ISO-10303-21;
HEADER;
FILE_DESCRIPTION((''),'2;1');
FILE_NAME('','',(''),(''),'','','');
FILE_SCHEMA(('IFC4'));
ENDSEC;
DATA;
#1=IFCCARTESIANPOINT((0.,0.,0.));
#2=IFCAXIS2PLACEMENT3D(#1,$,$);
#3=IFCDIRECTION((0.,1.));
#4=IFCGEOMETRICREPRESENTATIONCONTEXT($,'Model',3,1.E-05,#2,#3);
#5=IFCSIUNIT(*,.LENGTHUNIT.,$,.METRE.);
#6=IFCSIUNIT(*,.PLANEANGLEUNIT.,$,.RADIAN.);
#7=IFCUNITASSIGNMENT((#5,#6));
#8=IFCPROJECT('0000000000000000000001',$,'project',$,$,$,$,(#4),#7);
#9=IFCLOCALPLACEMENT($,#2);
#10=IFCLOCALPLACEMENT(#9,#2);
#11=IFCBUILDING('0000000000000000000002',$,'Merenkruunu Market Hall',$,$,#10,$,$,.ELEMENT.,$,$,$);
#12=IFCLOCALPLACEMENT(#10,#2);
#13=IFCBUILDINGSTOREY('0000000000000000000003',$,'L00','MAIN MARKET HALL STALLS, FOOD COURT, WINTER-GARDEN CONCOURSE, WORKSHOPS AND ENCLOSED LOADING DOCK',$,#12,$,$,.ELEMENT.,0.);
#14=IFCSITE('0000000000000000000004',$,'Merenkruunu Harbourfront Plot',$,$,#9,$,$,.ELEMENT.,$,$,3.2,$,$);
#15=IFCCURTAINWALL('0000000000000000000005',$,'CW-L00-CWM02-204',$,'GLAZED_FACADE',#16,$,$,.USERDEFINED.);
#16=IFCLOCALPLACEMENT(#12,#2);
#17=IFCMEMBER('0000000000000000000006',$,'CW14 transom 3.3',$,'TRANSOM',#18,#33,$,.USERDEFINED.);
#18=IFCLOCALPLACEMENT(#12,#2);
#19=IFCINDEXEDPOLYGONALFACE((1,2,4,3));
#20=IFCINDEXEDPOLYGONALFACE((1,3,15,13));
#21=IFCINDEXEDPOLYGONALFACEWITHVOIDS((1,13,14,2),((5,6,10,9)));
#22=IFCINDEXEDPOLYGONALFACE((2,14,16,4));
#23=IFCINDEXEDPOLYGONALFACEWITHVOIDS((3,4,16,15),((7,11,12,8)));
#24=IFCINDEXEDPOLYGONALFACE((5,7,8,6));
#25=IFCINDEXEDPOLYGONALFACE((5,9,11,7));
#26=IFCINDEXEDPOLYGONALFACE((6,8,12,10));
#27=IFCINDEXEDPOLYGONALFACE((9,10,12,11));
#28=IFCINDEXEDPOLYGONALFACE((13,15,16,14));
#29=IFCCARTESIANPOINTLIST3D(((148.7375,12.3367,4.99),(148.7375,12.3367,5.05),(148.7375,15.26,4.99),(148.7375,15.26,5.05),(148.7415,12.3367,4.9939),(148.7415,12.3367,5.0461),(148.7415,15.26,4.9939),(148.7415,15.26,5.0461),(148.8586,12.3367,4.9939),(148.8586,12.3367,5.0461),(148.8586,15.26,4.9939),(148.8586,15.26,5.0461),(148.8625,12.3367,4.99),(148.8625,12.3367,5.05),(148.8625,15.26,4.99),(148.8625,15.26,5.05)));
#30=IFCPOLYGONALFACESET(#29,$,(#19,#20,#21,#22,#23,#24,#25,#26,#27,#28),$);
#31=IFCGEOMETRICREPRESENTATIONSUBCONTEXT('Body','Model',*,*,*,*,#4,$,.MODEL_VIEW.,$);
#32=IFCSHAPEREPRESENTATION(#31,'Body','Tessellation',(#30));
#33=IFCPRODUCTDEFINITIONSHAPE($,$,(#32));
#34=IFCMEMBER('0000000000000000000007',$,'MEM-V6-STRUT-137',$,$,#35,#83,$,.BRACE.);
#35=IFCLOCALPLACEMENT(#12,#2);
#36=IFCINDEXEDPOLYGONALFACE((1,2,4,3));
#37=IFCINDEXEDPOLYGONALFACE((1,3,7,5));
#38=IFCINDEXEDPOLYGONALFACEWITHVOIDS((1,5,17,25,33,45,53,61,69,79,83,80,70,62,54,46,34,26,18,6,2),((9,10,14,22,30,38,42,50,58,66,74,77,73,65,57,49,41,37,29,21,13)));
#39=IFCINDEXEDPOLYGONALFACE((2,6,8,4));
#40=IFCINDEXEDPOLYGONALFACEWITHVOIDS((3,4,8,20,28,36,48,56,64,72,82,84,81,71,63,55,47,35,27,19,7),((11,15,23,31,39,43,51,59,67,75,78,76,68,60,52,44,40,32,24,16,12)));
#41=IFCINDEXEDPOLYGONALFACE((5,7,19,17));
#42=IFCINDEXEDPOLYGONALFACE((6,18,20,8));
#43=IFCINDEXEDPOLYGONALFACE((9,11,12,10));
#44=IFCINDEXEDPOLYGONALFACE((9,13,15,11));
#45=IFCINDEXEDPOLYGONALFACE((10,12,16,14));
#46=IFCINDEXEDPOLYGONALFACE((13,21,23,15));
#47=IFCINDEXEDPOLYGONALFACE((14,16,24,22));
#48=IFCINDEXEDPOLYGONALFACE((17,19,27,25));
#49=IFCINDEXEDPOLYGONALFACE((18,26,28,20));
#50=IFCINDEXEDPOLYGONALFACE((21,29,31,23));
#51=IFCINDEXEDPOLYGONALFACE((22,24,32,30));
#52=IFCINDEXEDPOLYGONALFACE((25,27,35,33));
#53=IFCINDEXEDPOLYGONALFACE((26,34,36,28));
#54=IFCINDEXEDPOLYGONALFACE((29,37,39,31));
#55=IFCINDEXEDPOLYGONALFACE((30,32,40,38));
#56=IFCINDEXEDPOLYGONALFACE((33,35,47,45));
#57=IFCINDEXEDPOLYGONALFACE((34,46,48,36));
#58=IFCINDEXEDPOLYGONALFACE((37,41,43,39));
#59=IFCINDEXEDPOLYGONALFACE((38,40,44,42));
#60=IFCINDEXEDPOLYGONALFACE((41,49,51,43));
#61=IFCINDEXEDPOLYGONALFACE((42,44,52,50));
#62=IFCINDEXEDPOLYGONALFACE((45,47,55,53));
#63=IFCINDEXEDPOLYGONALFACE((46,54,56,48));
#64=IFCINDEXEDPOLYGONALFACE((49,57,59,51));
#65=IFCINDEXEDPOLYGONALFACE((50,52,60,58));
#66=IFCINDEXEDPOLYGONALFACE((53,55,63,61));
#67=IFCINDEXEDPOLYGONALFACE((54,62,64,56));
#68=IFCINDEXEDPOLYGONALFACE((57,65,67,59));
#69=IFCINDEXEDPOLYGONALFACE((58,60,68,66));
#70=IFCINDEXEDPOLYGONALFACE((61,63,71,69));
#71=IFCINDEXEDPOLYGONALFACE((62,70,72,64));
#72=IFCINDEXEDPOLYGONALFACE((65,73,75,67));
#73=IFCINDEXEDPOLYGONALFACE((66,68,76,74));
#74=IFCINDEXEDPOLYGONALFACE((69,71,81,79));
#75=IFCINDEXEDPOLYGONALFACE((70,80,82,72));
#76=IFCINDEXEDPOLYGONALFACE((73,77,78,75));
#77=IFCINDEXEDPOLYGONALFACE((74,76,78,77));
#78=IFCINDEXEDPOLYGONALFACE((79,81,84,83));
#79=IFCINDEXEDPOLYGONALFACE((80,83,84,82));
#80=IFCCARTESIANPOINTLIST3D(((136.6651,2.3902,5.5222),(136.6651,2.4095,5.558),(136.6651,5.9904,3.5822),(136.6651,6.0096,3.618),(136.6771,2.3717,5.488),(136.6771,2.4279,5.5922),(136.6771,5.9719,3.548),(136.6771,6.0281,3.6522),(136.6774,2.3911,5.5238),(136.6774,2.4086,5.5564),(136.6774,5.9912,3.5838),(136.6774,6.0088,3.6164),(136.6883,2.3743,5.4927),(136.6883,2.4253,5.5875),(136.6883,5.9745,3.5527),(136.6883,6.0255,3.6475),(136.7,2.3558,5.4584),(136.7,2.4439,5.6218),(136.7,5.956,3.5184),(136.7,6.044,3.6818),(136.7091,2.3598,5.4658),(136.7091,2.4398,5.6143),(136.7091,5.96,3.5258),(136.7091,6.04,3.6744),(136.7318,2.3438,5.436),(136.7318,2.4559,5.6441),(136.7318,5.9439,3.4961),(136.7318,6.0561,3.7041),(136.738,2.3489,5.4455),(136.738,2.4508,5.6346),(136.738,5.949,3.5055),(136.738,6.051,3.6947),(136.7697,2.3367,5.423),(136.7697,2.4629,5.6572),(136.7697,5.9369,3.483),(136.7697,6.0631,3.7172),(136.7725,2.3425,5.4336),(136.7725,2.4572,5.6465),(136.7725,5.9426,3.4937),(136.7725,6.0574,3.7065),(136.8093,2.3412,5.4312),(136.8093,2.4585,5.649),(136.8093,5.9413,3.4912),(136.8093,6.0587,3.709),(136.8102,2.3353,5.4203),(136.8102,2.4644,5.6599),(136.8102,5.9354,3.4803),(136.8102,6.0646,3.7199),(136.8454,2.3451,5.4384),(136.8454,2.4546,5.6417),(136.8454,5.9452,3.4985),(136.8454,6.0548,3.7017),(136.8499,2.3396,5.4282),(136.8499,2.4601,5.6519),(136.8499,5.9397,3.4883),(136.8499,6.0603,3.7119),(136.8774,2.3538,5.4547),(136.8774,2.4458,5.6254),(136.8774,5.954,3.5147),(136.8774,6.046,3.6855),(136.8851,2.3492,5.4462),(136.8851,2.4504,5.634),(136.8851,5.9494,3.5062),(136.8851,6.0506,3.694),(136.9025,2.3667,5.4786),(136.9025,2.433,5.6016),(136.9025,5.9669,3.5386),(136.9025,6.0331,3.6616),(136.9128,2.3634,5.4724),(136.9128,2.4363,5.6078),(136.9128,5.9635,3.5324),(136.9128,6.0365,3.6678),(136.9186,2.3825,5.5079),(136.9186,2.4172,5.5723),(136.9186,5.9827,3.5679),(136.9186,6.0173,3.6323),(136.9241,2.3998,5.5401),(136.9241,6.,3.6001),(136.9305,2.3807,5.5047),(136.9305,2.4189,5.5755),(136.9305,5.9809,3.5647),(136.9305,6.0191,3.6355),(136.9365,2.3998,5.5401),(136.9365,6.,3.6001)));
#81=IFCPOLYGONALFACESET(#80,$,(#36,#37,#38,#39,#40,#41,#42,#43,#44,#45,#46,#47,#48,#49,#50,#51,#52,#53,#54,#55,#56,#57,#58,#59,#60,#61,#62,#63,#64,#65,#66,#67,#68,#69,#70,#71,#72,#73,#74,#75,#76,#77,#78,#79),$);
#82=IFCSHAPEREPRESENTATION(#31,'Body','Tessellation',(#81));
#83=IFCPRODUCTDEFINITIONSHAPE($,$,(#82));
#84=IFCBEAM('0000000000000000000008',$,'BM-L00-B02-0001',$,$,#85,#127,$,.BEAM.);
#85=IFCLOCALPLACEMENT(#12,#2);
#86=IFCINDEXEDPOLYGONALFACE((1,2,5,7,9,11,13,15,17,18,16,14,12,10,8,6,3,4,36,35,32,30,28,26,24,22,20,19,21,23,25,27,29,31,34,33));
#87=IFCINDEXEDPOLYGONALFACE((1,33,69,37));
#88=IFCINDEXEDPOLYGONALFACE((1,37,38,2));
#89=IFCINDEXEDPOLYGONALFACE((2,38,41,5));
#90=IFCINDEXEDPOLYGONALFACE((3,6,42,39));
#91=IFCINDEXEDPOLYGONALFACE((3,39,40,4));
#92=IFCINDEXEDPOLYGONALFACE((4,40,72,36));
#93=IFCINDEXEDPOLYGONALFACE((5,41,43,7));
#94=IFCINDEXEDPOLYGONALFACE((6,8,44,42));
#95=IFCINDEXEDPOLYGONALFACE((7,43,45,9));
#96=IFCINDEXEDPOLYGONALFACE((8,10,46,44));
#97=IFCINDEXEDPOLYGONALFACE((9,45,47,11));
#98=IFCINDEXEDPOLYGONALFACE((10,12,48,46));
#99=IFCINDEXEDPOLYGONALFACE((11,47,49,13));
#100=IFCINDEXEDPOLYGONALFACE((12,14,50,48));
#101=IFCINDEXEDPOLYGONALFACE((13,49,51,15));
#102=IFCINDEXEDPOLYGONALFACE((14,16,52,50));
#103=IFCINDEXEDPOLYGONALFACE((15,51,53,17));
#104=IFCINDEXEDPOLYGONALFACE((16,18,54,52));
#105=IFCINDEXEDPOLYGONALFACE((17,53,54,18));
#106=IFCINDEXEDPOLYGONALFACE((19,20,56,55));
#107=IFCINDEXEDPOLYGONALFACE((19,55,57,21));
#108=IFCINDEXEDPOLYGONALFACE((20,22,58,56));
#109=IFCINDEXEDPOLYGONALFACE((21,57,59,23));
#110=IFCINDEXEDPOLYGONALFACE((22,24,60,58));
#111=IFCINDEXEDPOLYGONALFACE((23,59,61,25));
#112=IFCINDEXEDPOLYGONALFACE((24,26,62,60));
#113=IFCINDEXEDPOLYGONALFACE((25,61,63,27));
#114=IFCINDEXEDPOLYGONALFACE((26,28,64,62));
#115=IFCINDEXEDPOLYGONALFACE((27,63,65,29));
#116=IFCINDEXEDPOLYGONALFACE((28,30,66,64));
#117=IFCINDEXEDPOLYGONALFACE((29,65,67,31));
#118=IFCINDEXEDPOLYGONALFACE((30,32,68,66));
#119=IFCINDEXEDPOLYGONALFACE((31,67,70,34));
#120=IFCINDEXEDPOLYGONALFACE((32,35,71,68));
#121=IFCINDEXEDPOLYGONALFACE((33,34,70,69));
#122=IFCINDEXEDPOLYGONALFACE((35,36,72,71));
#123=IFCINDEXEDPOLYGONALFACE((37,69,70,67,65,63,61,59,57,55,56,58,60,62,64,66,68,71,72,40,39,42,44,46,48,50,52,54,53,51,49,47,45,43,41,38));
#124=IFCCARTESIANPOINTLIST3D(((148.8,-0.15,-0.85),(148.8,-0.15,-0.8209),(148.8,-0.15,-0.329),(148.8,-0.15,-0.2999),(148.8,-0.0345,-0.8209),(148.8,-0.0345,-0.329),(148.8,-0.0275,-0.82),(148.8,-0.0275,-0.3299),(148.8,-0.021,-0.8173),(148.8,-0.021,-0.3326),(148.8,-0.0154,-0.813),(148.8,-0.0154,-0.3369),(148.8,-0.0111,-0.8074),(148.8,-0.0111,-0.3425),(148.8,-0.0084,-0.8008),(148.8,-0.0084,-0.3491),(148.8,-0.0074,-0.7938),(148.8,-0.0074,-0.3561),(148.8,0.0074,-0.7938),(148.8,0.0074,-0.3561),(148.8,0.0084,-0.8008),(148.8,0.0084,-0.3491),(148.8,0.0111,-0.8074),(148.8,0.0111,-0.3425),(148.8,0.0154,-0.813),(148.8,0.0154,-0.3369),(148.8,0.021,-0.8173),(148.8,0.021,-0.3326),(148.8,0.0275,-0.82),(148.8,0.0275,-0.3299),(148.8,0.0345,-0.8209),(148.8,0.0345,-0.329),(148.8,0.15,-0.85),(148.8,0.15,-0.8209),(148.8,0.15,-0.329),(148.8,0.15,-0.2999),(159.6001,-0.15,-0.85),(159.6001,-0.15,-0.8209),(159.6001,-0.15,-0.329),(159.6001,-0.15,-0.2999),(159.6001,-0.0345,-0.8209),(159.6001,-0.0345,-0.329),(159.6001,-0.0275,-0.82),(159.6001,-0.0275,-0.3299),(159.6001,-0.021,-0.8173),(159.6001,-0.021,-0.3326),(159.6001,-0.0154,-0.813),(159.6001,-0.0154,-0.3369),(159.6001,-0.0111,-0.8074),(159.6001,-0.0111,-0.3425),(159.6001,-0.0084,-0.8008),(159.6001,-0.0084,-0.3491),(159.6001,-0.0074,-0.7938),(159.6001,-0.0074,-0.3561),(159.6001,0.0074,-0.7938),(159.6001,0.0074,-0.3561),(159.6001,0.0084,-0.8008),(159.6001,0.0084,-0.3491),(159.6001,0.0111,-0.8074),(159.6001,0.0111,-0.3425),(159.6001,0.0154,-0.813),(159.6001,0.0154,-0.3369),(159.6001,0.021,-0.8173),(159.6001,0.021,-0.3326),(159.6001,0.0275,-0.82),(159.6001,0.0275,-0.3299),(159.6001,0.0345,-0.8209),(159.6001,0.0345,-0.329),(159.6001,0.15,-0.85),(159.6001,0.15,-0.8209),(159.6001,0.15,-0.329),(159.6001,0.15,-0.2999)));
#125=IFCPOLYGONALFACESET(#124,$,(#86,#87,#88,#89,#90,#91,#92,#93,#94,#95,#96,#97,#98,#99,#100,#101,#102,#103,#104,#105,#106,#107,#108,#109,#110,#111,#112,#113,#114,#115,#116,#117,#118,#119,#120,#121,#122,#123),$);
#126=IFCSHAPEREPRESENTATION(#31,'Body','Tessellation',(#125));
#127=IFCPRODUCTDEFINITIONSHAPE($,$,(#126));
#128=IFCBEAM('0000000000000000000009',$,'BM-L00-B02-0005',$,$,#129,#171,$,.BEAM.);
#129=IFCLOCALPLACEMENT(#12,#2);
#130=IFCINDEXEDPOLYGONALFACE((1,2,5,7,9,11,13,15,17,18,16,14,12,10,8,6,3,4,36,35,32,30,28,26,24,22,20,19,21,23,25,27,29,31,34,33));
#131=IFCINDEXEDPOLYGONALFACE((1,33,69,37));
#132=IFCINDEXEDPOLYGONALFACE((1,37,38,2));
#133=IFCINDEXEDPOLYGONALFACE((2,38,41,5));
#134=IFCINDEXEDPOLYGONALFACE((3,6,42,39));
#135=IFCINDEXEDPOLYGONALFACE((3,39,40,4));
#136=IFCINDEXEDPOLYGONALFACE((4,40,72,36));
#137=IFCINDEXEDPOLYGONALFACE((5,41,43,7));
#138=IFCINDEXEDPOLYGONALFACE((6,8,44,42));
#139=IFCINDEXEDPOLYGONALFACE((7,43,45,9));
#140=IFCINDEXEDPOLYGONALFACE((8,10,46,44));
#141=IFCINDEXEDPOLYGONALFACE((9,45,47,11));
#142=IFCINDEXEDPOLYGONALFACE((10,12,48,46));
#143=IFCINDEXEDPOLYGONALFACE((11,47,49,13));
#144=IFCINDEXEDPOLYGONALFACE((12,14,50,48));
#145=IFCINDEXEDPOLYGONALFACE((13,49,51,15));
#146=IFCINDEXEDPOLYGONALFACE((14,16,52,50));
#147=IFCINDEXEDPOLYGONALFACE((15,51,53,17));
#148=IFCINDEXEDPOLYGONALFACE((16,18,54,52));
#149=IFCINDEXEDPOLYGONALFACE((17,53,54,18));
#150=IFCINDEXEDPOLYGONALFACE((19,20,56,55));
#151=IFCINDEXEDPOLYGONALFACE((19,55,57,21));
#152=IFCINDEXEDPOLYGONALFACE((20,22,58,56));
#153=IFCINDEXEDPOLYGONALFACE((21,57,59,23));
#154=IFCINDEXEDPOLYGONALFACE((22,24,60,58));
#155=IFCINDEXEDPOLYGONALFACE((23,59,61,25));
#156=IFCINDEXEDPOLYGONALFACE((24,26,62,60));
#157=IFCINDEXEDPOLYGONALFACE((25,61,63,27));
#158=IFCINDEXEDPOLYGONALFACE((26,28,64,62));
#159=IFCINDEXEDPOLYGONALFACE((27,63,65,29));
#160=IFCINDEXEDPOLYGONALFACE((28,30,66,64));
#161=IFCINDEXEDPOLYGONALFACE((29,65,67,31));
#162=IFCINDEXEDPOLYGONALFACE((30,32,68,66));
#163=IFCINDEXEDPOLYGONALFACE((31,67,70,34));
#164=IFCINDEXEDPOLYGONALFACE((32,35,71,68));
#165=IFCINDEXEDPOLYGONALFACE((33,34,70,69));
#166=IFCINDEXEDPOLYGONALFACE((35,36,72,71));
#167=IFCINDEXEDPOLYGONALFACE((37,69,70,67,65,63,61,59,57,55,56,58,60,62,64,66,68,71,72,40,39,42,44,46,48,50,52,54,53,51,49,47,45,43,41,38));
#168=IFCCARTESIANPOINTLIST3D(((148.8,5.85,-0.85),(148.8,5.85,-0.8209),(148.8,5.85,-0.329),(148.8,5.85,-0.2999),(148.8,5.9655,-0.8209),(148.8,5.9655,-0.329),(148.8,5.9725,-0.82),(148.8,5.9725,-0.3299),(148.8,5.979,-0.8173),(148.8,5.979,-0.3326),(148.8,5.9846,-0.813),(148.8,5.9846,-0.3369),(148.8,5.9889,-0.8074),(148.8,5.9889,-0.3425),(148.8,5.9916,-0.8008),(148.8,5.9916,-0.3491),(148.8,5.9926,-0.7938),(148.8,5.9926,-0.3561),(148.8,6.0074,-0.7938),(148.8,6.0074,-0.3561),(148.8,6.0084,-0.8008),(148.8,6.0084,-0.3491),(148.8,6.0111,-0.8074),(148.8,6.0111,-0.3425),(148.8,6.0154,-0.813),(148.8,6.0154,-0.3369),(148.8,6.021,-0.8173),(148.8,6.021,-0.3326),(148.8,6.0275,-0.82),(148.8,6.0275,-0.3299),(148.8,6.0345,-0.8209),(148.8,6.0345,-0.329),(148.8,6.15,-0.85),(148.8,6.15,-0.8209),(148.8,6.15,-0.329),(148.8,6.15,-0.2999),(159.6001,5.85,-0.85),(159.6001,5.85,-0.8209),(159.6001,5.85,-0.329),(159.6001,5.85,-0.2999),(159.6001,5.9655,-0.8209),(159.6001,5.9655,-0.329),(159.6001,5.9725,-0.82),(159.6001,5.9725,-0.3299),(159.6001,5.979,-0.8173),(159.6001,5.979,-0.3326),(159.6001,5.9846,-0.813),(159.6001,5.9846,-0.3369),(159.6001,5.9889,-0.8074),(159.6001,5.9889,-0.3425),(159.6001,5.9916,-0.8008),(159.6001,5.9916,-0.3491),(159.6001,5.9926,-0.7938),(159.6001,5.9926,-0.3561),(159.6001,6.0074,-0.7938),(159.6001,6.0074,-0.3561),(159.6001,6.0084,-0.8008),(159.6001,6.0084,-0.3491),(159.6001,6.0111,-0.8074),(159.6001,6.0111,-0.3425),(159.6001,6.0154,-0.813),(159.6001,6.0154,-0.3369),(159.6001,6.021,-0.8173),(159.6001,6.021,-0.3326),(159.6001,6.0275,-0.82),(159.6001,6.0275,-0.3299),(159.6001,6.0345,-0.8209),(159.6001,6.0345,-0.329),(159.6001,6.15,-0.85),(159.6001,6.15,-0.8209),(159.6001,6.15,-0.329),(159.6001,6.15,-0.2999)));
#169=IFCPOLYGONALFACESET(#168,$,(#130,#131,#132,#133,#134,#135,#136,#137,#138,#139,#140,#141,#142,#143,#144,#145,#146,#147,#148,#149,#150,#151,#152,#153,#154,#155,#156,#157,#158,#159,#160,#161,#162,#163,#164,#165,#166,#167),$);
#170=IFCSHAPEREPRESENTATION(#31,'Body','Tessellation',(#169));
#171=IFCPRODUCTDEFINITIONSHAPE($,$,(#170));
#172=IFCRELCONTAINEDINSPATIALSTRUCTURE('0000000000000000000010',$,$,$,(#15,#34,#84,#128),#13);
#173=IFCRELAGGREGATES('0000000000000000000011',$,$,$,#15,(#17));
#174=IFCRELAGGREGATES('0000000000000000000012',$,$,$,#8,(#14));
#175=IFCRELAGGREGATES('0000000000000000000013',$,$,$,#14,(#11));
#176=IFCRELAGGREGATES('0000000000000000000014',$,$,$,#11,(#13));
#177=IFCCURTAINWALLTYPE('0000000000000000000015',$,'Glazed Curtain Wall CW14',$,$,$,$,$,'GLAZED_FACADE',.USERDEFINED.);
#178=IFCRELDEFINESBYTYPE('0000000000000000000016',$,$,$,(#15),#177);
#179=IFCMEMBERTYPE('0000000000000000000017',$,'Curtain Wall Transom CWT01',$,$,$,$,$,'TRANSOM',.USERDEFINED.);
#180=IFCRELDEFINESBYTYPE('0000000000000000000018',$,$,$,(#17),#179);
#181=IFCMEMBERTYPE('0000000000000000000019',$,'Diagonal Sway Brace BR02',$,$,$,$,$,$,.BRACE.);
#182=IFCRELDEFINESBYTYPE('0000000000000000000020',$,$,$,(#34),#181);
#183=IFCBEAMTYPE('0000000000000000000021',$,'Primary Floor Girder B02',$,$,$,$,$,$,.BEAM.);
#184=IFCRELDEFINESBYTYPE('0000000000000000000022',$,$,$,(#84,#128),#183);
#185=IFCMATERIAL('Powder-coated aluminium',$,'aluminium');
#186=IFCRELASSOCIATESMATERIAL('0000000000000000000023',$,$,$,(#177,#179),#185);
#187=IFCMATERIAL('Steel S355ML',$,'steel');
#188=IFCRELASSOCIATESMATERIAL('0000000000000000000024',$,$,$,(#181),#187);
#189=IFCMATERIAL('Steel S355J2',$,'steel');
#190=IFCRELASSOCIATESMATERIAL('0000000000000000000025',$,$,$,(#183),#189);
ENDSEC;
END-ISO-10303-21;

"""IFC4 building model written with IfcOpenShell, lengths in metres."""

from ifc_helpers import new_model, si_unit, direction, frame, origin, origin_2d, place, context, subcontext, project, spatial, hollow_rectangle, hollow_circle, i_section, extrude, material, material_profile, profile_set, type_object, element, aggregate, save


model = new_model("IFC4")

# Units and contexts
model_context = context("Model", 3, precision=1e-05, world=origin(), true_north=direction((0.0, 1.0)))
body_context = subcontext(model_context, "Body", "Model", "MODEL_VIEW")
ifc_project = project(units=[si_unit("LENGTHUNIT", "METRE"), si_unit("PLANEANGLEUNIT", "RADIAN")], contexts=[model_context])

# Site, building, storey
site_placement = place(None, origin())
site = spatial("IfcSite", under=ifc_project, at=site_placement, Name="Merenkruunu Harbourfront Plot", CompositionType="ELEMENT", RefElevation=3.2)
building_placement = place(site_placement, origin())
building = spatial("IfcBuilding", under=site, at=building_placement, Name="Merenkruunu Market Hall", CompositionType="ELEMENT")
storey_placement = place(building_placement, origin())
storey = spatial("IfcBuildingStorey", under=building, at=storey_placement, Name="L00", Description="MAIN MARKET HALL STALLS, FOOD COURT, WINTER-GARDEN CONCOURSE, WORKSHOPS AND ENCLOSED LOADING DOCK", CompositionType="ELEMENT", Elevation=0.0)

# Shared definitions
ifc_material_1 = material(Name="Steel S355J2", Category="steel")

# Shared definitions
ifc_material_2 = material(Name="Powder-coated aluminium", Category="aluminium")

# Curtain wall
curtain_wall_type_1 = type_object("IfcCurtainWallType", Name="Glazed Curtain Wall CW14", ElementType="GLAZED_FACADE", PredefinedType="USERDEFINED", material=ifc_material_2)
curtain_wall_1_placement = place(storey_placement, origin())
curtain_wall_1 = element("IfcCurtainWall", 1, at=curtain_wall_1_placement, inside=storey, type_object=curtain_wall_type_1, Name="CW-L00-CWM02-204", ObjectType="GLAZED_FACADE", PredefinedType="USERDEFINED")

# Members
ifc_material_profile_1 = material_profile(ifc_material_2, hollow_rectangle(XDim=0.0601, YDim=0.125, WallThickness=0.0039, at=origin_2d()), Name="ALU 60x125x4")
ifc_profile_set_1 = profile_set([ifc_material_profile_1], Name="Powder-coated aluminium")
member_type_1 = type_object("IfcMemberType", Name="Curtain Wall Transom CWT01", ElementType="TRANSOM", PredefinedType="USERDEFINED", material=ifc_profile_set_1)
member_1_placement = place(storey_placement, frame((148.8, 12.3367, 5.02), z_axis=(0.0, 1.0, 0.0), x_axis=(0.0, 0.0, 1.0)))
member_1 = element("IfcMember", 2, at=member_1_placement, type_object=member_type_1, Name="CW14 transom 3.3", ObjectType="TRANSOM", PredefinedType="USERDEFINED", context=body_context, shape_type="SweptSolid", body=[
    extrude(hollow_rectangle(XDim=0.0601, YDim=0.125, WallThickness=0.0039, at=origin_2d()), origin(), (0.0, 0.0, 1.0), 2.9233),
])
ifc_material_3 = material(Name="Steel S355ML", Category="steel")
ifc_material_profile_2 = material_profile(ifc_material_3, hollow_circle(Radius=0.1365, WallThickness=0.0125, at=origin_2d()), Name="CHS 273x12.5")
ifc_profile_set_2 = profile_set([ifc_material_profile_2], Name="Steel S355ML")
member_type_2 = type_object("IfcMemberType", Name="Diagonal Sway Brace BR02", PredefinedType="BRACE", material=ifc_profile_set_2)
member_2_placement = place(storey_placement, frame((136.8, 6.0, 3.6001), z_axis=(0.0, -0.880325, 0.47437), x_axis=(1.0, 0.0, 0.0)))
element("IfcMember", 3, at=member_2_placement, inside=storey, type_object=member_type_2, Name="MEM-V6-STRUT-137", PredefinedType="BRACE", context=body_context, shape_type="SweptSolid", body=[
    extrude(hollow_circle(Radius=0.1365, WallThickness=0.0125, at=origin_2d()), origin(), (0.0, 0.0, 1.0), 4.0896),
])

# Beams
ifc_material_profile_3 = material_profile(ifc_material_1, i_section(OverallWidth=0.3, OverallDepth=0.55, WebThickness=0.0149, FlangeThickness=0.0291, FilletRadius=0.0271, at=origin_2d()), Name="HEB 550")
ifc_profile_set_3 = profile_set([ifc_material_profile_3], Name="Steel S355J2")
beam_type_1 = type_object("IfcBeamType", Name="Primary Floor Girder B02", PredefinedType="BEAM", material=ifc_profile_set_3)
for number, where, z_axis, x_axis, name in (
    (4, (148.8, 0.0, -0.575), (1.0, 0.0, 0.0), (0.0, 1.0, 0.0), "BM-L00-B02-0001"),
    (5, (148.8, 6.0, -0.575), (1.0, 0.0, 0.0), (0.0, 1.0, 0.0), "BM-L00-B02-0005"),
):
    element("IfcBeam", number, at=place(storey_placement, frame(where, z_axis=z_axis, x_axis=x_axis)), inside=storey, type_object=beam_type_1, Name=name, PredefinedType="BEAM", context=body_context, shape_type="SweptSolid", body=[
        extrude(i_section(OverallWidth=0.3, OverallDepth=0.55, WebThickness=0.0149, FlangeThickness=0.0291, FilletRadius=0.0271, at=origin_2d()), origin(), (0.0, 0.0, 1.0), 10.8),
    ])

aggregate(curtain_wall_1, [member_1])

save(model, "model.ifc")
